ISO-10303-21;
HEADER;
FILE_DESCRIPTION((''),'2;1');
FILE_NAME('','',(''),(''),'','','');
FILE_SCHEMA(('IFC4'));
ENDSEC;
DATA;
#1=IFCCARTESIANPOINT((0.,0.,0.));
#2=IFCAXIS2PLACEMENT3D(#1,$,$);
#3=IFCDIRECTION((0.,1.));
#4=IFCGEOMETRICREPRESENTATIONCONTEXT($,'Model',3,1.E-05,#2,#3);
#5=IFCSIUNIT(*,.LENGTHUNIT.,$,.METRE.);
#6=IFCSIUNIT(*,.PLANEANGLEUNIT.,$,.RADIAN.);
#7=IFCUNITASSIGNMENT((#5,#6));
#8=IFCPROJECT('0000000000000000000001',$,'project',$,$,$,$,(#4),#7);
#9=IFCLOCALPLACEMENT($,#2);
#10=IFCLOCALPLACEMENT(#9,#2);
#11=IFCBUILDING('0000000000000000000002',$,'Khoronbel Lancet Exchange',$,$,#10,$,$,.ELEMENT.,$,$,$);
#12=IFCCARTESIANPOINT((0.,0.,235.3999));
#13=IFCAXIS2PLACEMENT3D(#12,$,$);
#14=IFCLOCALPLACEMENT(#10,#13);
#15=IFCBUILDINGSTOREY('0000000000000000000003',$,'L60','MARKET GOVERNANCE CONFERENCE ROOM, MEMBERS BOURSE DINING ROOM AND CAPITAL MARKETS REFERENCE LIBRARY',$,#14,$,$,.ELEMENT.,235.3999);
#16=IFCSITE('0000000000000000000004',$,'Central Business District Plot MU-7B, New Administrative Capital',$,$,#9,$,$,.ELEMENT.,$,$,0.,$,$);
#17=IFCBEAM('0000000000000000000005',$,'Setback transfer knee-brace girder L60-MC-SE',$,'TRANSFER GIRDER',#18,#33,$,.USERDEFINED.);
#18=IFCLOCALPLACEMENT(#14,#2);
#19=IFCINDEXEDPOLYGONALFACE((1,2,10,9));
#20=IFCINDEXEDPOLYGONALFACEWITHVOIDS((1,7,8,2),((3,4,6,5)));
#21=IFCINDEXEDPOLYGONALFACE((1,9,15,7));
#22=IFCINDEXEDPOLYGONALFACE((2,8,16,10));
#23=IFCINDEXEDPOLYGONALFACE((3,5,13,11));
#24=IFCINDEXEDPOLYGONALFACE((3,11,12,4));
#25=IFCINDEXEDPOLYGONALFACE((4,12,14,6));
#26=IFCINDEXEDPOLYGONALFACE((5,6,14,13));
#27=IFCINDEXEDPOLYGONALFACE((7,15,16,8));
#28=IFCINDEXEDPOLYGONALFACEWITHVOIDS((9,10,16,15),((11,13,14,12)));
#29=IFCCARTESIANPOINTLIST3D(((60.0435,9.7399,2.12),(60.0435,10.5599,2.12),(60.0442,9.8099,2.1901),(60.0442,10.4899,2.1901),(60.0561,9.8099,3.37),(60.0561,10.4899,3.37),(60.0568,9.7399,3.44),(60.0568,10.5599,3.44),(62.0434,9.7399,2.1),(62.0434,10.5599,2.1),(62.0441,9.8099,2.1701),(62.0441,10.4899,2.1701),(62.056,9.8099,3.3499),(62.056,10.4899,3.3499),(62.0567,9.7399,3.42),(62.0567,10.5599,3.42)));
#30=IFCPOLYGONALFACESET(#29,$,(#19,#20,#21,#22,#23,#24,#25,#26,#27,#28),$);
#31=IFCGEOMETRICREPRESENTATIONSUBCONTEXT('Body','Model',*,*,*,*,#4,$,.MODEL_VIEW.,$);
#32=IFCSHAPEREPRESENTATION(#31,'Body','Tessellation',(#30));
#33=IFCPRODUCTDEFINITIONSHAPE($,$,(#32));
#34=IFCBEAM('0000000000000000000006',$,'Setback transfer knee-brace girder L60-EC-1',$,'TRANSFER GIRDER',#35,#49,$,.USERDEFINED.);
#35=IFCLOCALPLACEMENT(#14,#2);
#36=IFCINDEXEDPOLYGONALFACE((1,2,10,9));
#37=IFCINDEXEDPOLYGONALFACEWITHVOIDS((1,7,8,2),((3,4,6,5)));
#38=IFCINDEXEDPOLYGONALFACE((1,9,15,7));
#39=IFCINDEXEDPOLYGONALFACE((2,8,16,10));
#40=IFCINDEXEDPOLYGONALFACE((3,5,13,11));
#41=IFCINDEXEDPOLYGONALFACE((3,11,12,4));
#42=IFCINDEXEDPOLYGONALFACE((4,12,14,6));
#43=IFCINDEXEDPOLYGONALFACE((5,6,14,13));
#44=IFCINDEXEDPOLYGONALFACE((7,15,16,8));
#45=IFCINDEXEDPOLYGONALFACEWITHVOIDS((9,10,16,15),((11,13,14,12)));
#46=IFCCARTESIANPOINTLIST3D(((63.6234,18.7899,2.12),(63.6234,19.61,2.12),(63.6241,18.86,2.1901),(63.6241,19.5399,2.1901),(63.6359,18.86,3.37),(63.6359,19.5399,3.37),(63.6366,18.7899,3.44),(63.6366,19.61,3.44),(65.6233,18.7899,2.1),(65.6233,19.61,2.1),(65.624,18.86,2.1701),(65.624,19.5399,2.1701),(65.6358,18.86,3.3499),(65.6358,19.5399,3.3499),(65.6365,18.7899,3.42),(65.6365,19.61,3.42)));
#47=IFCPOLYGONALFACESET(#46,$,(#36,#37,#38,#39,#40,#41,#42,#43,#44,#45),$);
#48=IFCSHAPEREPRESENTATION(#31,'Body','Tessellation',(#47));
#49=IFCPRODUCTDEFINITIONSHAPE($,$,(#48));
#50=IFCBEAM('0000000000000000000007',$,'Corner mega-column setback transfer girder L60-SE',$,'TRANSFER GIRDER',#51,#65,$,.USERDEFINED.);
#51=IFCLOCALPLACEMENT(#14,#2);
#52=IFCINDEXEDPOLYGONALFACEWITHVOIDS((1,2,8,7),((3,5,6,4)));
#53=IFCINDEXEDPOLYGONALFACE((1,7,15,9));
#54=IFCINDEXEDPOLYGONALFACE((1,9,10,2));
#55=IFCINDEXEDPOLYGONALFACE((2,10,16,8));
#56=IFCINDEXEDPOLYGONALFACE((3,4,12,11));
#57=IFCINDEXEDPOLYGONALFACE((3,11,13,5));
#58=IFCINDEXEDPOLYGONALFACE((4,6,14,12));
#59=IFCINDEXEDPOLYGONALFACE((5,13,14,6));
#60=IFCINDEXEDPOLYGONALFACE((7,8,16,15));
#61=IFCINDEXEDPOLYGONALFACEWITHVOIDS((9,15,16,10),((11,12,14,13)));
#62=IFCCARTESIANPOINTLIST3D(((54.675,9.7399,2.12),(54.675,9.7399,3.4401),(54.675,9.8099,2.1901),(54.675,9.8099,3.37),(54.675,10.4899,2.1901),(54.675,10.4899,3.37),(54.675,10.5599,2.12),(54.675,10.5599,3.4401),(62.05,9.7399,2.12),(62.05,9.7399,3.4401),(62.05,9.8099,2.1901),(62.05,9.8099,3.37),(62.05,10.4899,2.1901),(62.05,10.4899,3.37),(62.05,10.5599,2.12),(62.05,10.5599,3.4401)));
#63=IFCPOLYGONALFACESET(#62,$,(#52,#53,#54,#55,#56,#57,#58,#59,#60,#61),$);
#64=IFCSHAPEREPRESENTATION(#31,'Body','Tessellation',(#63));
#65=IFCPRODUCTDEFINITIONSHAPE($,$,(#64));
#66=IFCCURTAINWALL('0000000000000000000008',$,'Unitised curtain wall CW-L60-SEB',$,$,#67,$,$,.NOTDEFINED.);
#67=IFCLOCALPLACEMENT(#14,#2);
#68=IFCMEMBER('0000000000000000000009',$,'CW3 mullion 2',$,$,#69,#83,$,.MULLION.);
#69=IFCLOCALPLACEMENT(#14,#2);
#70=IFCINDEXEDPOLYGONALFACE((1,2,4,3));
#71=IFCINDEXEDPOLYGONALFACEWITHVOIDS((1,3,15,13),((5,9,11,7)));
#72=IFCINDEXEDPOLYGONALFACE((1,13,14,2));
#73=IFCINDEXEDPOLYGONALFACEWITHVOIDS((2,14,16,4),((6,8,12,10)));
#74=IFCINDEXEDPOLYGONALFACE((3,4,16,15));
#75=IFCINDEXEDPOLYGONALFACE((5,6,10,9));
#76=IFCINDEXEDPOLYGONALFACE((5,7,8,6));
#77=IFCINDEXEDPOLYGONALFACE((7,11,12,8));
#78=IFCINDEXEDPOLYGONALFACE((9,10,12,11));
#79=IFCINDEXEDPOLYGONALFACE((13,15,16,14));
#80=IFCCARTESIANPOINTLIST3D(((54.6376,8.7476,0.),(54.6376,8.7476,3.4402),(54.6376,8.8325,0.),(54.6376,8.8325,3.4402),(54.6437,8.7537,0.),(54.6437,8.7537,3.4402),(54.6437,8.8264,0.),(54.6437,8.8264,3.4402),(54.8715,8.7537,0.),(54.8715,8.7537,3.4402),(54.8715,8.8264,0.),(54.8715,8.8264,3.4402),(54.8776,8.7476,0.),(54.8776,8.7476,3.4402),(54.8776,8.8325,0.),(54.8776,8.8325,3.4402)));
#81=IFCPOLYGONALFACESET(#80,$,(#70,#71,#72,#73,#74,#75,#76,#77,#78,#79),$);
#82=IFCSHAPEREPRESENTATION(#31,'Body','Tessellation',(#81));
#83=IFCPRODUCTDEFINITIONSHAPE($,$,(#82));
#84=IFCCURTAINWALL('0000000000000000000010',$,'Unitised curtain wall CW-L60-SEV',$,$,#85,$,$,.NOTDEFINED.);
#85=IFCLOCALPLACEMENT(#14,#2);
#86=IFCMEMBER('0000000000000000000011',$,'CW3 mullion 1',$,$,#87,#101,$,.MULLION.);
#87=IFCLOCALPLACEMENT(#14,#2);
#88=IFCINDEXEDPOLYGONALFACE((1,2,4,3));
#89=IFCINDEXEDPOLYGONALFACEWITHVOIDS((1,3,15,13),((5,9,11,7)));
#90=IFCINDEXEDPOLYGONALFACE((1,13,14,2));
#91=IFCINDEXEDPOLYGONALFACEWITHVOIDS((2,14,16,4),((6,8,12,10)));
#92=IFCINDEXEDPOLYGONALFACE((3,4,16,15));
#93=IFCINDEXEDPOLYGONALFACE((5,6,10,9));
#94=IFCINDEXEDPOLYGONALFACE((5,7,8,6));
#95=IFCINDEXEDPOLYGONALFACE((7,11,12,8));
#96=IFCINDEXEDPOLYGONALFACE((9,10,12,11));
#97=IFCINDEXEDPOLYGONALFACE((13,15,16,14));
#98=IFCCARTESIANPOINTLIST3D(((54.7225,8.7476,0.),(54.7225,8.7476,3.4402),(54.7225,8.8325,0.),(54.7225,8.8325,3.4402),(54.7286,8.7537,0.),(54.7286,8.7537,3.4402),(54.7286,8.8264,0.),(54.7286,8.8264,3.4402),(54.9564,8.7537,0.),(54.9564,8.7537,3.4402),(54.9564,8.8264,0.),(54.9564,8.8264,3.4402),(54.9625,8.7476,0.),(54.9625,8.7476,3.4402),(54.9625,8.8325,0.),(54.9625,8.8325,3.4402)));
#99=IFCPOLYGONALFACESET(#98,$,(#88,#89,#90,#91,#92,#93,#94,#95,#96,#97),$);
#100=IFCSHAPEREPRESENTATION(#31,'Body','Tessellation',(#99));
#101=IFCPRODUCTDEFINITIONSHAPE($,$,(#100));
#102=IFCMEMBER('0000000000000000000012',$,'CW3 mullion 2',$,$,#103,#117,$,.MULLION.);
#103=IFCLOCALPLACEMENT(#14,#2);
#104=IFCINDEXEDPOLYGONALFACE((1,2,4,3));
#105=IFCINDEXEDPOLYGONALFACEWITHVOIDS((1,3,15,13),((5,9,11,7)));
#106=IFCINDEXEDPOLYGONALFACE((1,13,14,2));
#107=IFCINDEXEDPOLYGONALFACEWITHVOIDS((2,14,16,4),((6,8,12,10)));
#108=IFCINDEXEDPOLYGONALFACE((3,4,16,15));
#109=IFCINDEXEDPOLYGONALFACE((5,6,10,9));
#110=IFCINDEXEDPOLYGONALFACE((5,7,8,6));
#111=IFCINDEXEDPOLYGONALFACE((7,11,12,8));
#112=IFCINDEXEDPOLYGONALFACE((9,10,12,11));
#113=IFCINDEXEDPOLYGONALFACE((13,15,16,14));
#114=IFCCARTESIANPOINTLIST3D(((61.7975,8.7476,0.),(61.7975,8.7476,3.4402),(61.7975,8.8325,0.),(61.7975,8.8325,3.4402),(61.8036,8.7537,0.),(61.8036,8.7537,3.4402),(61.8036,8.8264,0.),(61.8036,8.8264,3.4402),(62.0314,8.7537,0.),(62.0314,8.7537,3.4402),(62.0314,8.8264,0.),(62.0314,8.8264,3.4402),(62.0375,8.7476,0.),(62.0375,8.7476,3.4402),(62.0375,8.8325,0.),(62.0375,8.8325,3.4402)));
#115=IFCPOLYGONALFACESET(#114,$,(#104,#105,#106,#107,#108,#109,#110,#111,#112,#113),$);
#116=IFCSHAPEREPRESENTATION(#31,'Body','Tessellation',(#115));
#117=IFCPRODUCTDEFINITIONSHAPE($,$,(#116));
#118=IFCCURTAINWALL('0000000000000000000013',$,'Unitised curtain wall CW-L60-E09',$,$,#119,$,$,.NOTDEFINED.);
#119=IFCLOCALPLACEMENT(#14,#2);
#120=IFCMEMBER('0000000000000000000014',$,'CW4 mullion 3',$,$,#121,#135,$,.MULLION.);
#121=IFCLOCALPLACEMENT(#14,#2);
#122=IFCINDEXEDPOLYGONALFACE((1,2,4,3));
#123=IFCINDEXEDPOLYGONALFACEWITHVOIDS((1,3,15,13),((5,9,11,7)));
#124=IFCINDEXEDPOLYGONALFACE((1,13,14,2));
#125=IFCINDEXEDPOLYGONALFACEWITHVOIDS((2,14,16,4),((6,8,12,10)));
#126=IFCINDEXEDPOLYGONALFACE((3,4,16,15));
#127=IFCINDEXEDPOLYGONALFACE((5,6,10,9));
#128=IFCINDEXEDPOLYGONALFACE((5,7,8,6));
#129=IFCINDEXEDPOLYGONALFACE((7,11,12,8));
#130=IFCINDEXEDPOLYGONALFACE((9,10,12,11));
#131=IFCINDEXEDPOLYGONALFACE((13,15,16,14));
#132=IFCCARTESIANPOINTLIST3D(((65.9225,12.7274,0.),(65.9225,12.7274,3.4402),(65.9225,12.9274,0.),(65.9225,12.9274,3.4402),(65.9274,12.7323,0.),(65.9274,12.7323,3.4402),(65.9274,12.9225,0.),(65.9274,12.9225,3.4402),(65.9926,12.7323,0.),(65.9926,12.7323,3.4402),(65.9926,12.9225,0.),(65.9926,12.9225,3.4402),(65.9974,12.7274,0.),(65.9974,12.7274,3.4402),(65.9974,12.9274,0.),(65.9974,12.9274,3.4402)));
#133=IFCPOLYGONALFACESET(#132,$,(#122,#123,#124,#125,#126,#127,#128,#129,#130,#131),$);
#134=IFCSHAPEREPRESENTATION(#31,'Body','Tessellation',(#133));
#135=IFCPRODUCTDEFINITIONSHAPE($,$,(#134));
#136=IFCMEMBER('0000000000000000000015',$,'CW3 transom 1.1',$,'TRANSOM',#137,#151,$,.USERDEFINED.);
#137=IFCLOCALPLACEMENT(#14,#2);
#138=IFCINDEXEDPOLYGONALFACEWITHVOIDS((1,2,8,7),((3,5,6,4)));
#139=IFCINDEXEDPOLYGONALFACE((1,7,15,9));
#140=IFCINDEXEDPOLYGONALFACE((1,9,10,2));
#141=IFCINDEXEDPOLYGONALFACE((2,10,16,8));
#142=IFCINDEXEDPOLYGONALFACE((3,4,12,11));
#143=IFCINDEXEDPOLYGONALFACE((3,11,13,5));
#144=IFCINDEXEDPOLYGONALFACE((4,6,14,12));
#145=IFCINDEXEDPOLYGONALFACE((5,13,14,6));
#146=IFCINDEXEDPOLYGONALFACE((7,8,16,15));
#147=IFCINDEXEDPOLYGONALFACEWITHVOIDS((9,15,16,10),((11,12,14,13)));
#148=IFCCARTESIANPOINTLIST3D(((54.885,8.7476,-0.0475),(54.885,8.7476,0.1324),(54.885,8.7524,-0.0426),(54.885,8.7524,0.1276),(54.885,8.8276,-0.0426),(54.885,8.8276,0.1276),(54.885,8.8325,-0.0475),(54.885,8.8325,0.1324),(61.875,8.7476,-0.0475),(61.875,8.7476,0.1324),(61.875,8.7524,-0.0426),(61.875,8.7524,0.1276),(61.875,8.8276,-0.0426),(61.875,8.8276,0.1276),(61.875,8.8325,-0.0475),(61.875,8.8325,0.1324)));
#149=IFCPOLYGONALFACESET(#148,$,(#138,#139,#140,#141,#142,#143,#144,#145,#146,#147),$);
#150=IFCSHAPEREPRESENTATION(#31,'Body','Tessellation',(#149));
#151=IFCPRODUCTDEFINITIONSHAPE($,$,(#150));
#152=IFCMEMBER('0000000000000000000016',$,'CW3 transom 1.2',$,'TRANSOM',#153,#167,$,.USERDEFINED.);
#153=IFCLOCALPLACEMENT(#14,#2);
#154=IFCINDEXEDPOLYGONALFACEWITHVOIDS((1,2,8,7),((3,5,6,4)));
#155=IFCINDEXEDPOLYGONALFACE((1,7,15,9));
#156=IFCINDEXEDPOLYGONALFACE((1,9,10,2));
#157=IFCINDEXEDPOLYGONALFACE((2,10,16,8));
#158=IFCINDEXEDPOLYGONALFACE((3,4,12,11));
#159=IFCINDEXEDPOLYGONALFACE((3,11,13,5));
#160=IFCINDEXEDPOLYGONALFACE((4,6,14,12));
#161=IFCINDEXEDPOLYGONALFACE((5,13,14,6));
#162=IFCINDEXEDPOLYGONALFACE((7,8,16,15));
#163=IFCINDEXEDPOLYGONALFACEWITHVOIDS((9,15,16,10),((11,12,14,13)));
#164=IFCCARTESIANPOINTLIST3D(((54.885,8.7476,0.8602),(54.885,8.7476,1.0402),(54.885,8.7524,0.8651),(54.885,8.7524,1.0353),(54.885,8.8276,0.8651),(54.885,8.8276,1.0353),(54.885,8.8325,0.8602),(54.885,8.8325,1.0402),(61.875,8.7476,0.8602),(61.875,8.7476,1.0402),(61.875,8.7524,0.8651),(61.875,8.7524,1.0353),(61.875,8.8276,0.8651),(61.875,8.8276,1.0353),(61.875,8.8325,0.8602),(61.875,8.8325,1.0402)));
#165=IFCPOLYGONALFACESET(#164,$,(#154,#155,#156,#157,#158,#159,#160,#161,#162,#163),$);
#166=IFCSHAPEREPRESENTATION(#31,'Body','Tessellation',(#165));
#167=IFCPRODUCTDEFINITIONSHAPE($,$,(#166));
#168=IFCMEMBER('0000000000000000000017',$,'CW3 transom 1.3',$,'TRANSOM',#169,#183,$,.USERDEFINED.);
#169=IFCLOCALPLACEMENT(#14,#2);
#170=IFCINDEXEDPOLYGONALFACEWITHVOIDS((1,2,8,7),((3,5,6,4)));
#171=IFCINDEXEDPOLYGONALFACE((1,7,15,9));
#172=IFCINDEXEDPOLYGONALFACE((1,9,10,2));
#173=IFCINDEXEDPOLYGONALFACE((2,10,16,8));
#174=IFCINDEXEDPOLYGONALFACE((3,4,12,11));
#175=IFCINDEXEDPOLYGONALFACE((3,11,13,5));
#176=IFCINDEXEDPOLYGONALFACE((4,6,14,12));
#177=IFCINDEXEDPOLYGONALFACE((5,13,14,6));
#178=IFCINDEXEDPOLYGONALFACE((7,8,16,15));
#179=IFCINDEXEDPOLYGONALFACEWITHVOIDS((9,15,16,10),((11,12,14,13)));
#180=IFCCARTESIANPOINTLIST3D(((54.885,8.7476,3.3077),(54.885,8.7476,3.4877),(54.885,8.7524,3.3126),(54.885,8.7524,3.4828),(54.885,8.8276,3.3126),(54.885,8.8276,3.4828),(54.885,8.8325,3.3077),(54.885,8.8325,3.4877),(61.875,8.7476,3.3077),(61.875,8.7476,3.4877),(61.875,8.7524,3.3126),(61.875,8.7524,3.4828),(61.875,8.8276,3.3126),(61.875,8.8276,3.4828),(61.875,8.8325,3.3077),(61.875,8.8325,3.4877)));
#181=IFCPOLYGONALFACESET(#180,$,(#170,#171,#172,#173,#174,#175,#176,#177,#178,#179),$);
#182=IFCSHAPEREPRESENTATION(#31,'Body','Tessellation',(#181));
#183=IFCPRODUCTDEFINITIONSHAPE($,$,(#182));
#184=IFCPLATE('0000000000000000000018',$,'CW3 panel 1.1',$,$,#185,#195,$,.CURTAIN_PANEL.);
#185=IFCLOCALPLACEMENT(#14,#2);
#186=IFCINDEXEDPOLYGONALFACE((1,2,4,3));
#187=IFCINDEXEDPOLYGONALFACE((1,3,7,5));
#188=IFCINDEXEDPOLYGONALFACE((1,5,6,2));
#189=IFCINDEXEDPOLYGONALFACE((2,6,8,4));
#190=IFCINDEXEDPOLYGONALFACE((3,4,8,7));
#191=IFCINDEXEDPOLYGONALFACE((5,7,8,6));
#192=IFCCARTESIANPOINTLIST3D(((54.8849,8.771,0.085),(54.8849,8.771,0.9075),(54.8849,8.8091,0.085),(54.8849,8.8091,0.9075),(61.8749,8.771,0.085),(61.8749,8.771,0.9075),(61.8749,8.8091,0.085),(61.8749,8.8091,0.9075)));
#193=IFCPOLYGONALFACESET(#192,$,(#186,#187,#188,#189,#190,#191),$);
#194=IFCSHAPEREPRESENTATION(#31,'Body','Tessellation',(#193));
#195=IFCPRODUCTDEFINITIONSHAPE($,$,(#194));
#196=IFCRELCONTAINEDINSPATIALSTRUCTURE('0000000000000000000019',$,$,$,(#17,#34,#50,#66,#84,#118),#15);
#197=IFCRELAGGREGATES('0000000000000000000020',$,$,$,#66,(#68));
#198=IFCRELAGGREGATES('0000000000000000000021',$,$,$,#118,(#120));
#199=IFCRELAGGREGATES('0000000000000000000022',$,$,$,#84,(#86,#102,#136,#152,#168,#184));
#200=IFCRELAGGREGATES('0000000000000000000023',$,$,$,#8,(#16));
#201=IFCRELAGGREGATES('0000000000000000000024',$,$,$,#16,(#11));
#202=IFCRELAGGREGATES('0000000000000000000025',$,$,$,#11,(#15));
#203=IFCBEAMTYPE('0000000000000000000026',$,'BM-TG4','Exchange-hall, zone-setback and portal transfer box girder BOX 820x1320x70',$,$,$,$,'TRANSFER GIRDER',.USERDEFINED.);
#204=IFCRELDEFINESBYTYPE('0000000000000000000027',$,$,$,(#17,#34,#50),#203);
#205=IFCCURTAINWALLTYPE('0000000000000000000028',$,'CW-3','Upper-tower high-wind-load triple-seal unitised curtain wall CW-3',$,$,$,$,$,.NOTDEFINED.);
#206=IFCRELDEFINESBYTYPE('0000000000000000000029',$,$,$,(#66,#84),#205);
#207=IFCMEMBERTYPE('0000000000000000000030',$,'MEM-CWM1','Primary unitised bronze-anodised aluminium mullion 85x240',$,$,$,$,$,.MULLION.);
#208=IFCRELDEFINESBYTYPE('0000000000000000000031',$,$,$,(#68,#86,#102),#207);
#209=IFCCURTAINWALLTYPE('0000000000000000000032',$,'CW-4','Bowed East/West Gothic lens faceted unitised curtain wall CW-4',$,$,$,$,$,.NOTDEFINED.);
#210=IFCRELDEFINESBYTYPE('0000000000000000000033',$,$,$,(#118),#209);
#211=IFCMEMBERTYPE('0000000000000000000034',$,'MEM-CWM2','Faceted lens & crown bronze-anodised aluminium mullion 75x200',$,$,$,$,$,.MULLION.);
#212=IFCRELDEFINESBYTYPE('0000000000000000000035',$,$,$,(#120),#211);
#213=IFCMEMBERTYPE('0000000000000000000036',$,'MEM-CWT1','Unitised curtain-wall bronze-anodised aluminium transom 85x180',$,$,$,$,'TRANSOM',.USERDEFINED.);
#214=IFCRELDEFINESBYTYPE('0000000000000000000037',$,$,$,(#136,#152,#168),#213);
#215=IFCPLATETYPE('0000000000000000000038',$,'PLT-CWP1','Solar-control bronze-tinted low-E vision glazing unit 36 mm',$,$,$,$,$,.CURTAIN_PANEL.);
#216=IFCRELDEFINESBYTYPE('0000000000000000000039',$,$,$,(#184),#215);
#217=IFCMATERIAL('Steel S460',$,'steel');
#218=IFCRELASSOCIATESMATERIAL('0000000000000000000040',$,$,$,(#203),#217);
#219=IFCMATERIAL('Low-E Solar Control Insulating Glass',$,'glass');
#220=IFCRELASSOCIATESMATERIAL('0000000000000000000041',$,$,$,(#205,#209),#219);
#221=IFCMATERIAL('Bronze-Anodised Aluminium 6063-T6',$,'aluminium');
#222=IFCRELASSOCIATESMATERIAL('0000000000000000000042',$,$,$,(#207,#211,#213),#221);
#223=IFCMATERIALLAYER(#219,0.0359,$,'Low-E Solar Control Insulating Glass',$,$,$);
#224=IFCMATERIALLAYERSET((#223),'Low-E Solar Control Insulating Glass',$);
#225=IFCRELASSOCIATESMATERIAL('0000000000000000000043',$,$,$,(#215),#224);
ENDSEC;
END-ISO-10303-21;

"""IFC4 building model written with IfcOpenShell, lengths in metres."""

from ifc_helpers import new_model, si_unit, direction, frame, origin, origin_2d, place, context, subcontext, project, spatial, rectangle, hollow_rectangle, extrude, material, layer, layer_set, material_profile, profile_set, type_object, element, aggregate, save


model = new_model("IFC4")

# Units and contexts
model_context = context("Model", 3, precision=1e-05, world=origin(), true_north=direction((0.0, 1.0)))
body_context = subcontext(model_context, "Body", "Model", "MODEL_VIEW")
ifc_project = project(units=[si_unit("LENGTHUNIT", "METRE"), si_unit("PLANEANGLEUNIT", "RADIAN")], contexts=[model_context])

# Site, building, storey
site_placement = place(None, origin())
site = spatial("IfcSite", under=ifc_project, at=site_placement, Name="Central Business District Plot MU-7B, New Administrative Capital", CompositionType="ELEMENT", RefElevation=0.0)
building_placement = place(site_placement, origin())
building = spatial("IfcBuilding", under=site, at=building_placement, Name="Khoronbel Lancet Exchange", CompositionType="ELEMENT")
storey_placement = place(building_placement, frame((0.0, 0.0, 235.3999)))
storey = spatial("IfcBuildingStorey", under=building, at=storey_placement, Name="L60", Description="MARKET GOVERNANCE CONFERENCE ROOM, MEMBERS BOURSE DINING ROOM AND CAPITAL MARKETS REFERENCE LIBRARY", CompositionType="ELEMENT", Elevation=235.3999)

# Shared definitions
ifc_material_1 = material(Name="Steel S460", Category="steel")

# Beams
ifc_material_profile_1 = material_profile(ifc_material_1, hollow_rectangle(XDim=0.8201, YDim=1.3201, WallThickness=0.0701, at=origin_2d()), Name="BOX 820x1320x70")
ifc_profile_set_1 = profile_set([ifc_material_profile_1], Name="Steel S460")
beam_type_1 = type_object("IfcBeamType", Name="BM-TG4", Description="Exchange-hall, zone-setback and portal transfer box girder BOX 820x1320x70", ElementType="TRANSFER GIRDER", PredefinedType="USERDEFINED", material=ifc_profile_set_1)
for number, where, z_axis, x_axis, name in (
    (1, (62.05, 10.1499, 2.76), (-0.99995, 0.0, 0.010009), (0.0, -1.0, 0.0), "Setback transfer knee-brace girder L60-MC-SE"),
    (2, (65.6299, 19.2, 2.76), (-0.99995, 0.0, 0.010009), (0.0, -1.0, 0.0), "Setback transfer knee-brace girder L60-EC-1"),
):
    element("IfcBeam", number, at=place(storey_placement, frame(where, z_axis=z_axis, x_axis=x_axis)), inside=storey, type_object=beam_type_1, Name=name, ObjectType="TRANSFER GIRDER", PredefinedType="USERDEFINED", context=body_context, shape_type="SweptSolid", body=[
        extrude(hollow_rectangle(XDim=0.8201, YDim=1.3201, WallThickness=0.0701, at=origin_2d()), origin(), (0.0, 0.0, 1.0), 2.0),
    ])
beam_1_placement = place(storey_placement, frame((54.675, 10.1499, 2.78), z_axis=(1.0, 0.0, 0.0), x_axis=(0.0, 1.0, 0.0)))
element("IfcBeam", 3, at=beam_1_placement, inside=storey, type_object=beam_type_1, Name="Corner mega-column setback transfer girder L60-SE", ObjectType="TRANSFER GIRDER", PredefinedType="USERDEFINED", context=body_context, shape_type="SweptSolid", body=[
    extrude(hollow_rectangle(XDim=0.8201, YDim=1.3201, WallThickness=0.0701, at=origin_2d()), origin(), (0.0, 0.0, 1.0), 7.375),
])

# Curtain wall, member
ifc_material_2 = material(Name="Low-E Solar Control Insulating Glass", Category="glass")
curtain_wall_type_1 = type_object("IfcCurtainWallType", Name="CW-3", Description="Upper-tower high-wind-load triple-seal unitised curtain wall CW-3", PredefinedType="NOTDEFINED", material=ifc_material_2)
curtain_wall_1_placement = place(storey_placement, origin())
curtain_wall_1 = element("IfcCurtainWall", 4, at=curtain_wall_1_placement, inside=storey, type_object=curtain_wall_type_1, Name="Unitised curtain wall CW-L60-SEB", PredefinedType="NOTDEFINED")
ifc_material_3 = material(Name="Bronze-Anodised Aluminium 6063-T6", Category="aluminium")
ifc_material_profile_2 = material_profile(ifc_material_3, hollow_rectangle(XDim=0.085, YDim=0.24, WallThickness=0.0061, at=origin_2d()), Name="ALU MULLION 85x240")
ifc_profile_set_2 = profile_set([ifc_material_profile_2], Name="Bronze-Anodised Aluminium 6063-T6")
member_type_1 = type_object("IfcMemberType", Name="MEM-CWM1", Description="Primary unitised bronze-anodised aluminium mullion 85x240", PredefinedType="MULLION", material=ifc_profile_set_2)
member_1_placement = place(storey_placement, frame((54.7576, 8.79, 0.0), z_axis=(0.0, 0.0, 1.0), x_axis=(0.0, 1.0, 0.0)))
member_1 = element("IfcMember", 5, at=member_1_placement, type_object=member_type_1, Name="CW3 mullion 2", PredefinedType="MULLION", context=body_context, shape_type="SweptSolid", body=[
    extrude(hollow_rectangle(XDim=0.085, YDim=0.24, WallThickness=0.0061, at=origin_2d()), origin(), (0.0, 0.0, 1.0), 3.4402),
])
aggregate(curtain_wall_1, [member_1])

# Curtain wall, members
curtain_wall_2_placement = place(storey_placement, origin())
curtain_wall_2 = element("IfcCurtainWall", 6, at=curtain_wall_2_placement, inside=storey, type_object=curtain_wall_type_1, Name="Unitised curtain wall CW-L60-SEV", PredefinedType="NOTDEFINED")
member_2_placement = place(storey_placement, frame((54.8425, 8.79, 0.0), z_axis=(0.0, 0.0, 1.0), x_axis=(0.0, 1.0, 0.0)))
member_2 = element("IfcMember", 7, at=member_2_placement, type_object=member_type_1, Name="CW3 mullion 1", PredefinedType="MULLION", context=body_context, shape_type="SweptSolid", body=[
    extrude(hollow_rectangle(XDim=0.085, YDim=0.24, WallThickness=0.0061, at=origin_2d()), origin(), (0.0, 0.0, 1.0), 3.4402),
])
member_3_placement = place(storey_placement, frame((61.9175, 8.79, 0.0), z_axis=(0.0, 0.0, 1.0), x_axis=(0.0, 1.0, 0.0)))
member_3 = element("IfcMember", 8, at=member_3_placement, type_object=member_type_1, Name="CW3 mullion 2", PredefinedType="MULLION", context=body_context, shape_type="SweptSolid", body=[
    extrude(hollow_rectangle(XDim=0.085, YDim=0.24, WallThickness=0.0061, at=origin_2d()), origin(), (0.0, 0.0, 1.0), 3.4402),
])

# Curtain wall, member
curtain_wall_type_2 = type_object("IfcCurtainWallType", Name="CW-4", Description="Bowed East/West Gothic lens faceted unitised curtain wall CW-4", PredefinedType="NOTDEFINED", material=ifc_material_2)
curtain_wall_3_placement = place(storey_placement, origin())
curtain_wall_3 = element("IfcCurtainWall", 9, at=curtain_wall_3_placement, inside=storey, type_object=curtain_wall_type_2, Name="Unitised curtain wall CW-L60-E09", PredefinedType="NOTDEFINED")
ifc_material_profile_3 = material_profile(ifc_material_3, hollow_rectangle(XDim=0.075, YDim=0.2, WallThickness=0.0049, at=origin_2d()), Name="ALU MULLION 75x200")
ifc_profile_set_3 = profile_set([ifc_material_profile_3], Name="Bronze-Anodised Aluminium 6063-T6")
member_type_2 = type_object("IfcMemberType", Name="MEM-CWM2", Description="Faceted lens & crown bronze-anodised aluminium mullion 75x200", PredefinedType="MULLION", material=ifc_profile_set_3)
member_4_placement = place(storey_placement, frame((65.96, 12.8274, 0.0), z_axis=(0.0, 0.0, 1.0), x_axis=(1.0, 0.0, 0.0)))
member_4 = element("IfcMember", 10, at=member_4_placement, type_object=member_type_2, Name="CW4 mullion 3", PredefinedType="MULLION", context=body_context, shape_type="SweptSolid", body=[
    extrude(hollow_rectangle(XDim=0.075, YDim=0.2, WallThickness=0.0049, at=origin_2d()), origin(), (0.0, 0.0, 1.0), 3.4402),
])
aggregate(curtain_wall_3, [member_4])

# Members
ifc_material_profile_4 = material_profile(ifc_material_3, hollow_rectangle(XDim=0.085, YDim=0.1799, WallThickness=0.0049, at=origin_2d()), Name="ALU TRANSOM 85x180")
ifc_profile_set_4 = profile_set([ifc_material_profile_4], Name="Bronze-Anodised Aluminium 6063-T6")
member_type_3 = type_object("IfcMemberType", Name="MEM-CWT1", Description="Unitised curtain-wall bronze-anodised aluminium transom 85x180", ElementType="TRANSOM", PredefinedType="USERDEFINED", material=ifc_profile_set_4)
member_5_placement = place(storey_placement, frame((54.885, 8.79, 0.0425), z_axis=(1.0, 0.0, 0.0), x_axis=(0.0, 1.0, 0.0)))
member_5 = element("IfcMember", 11, at=member_5_placement, type_object=member_type_3, Name="CW3 transom 1.1", ObjectType="TRANSOM", PredefinedType="USERDEFINED", context=body_context, shape_type="SweptSolid", body=[
    extrude(hollow_rectangle(XDim=0.085, YDim=0.1799, WallThickness=0.0049, at=origin_2d()), origin(), (0.0, 0.0, 1.0), 6.99),
])
member_6_placement = place(storey_placement, frame((54.885, 8.79, 0.9502), z_axis=(1.0, 0.0, 0.0), x_axis=(0.0, 1.0, 0.0)))
member_6 = element("IfcMember", 12, at=member_6_placement, type_object=member_type_3, Name="CW3 transom 1.2", ObjectType="TRANSOM", PredefinedType="USERDEFINED", context=body_context, shape_type="SweptSolid", body=[
    extrude(hollow_rectangle(XDim=0.085, YDim=0.1799, WallThickness=0.0049, at=origin_2d()), origin(), (0.0, 0.0, 1.0), 6.99),
])
member_7_placement = place(storey_placement, frame((54.885, 8.79, 3.3977), z_axis=(1.0, 0.0, 0.0), x_axis=(0.0, 1.0, 0.0)))
member_7 = element("IfcMember", 13, at=member_7_placement, type_object=member_type_3, Name="CW3 transom 1.3", ObjectType="TRANSOM", PredefinedType="USERDEFINED", context=body_context, shape_type="SweptSolid", body=[
    extrude(hollow_rectangle(XDim=0.085, YDim=0.1799, WallThickness=0.0049, at=origin_2d()), origin(), (0.0, 0.0, 1.0), 6.99),
])

# Plate
ifc_layer_1 = layer(ifc_material_2, 0.0359, Name="Low-E Solar Control Insulating Glass")
ifc_layer_set_1 = layer_set([ifc_layer_1], Name="Low-E Solar Control Insulating Glass")
plate_type_1 = type_object("IfcPlateType", Name="PLT-CWP1", Description="Solar-control bronze-tinted low-E vision glazing unit 36 mm", PredefinedType="CURTAIN_PANEL", material=ifc_layer_set_1)
plate_1_placement = place(storey_placement, frame((58.3799, 8.79, 0.085), z_axis=(0.0, 0.0, 1.0), x_axis=(1.0, 0.0, 0.0)))
plate_1 = element("IfcPlate", 14, at=plate_1_placement, type_object=plate_type_1, Name="CW3 panel 1.1", PredefinedType="CURTAIN_PANEL", context=body_context, shape_type="SweptSolid", body=[
    extrude(rectangle(XDim=6.99, YDim=0.0381, at=origin_2d()), origin(), (0.0, 0.0, 1.0), 0.8225),
])
aggregate(curtain_wall_2, [member_2, member_3, member_5, member_6, member_7, plate_1])

save(model, "model.ifc")
